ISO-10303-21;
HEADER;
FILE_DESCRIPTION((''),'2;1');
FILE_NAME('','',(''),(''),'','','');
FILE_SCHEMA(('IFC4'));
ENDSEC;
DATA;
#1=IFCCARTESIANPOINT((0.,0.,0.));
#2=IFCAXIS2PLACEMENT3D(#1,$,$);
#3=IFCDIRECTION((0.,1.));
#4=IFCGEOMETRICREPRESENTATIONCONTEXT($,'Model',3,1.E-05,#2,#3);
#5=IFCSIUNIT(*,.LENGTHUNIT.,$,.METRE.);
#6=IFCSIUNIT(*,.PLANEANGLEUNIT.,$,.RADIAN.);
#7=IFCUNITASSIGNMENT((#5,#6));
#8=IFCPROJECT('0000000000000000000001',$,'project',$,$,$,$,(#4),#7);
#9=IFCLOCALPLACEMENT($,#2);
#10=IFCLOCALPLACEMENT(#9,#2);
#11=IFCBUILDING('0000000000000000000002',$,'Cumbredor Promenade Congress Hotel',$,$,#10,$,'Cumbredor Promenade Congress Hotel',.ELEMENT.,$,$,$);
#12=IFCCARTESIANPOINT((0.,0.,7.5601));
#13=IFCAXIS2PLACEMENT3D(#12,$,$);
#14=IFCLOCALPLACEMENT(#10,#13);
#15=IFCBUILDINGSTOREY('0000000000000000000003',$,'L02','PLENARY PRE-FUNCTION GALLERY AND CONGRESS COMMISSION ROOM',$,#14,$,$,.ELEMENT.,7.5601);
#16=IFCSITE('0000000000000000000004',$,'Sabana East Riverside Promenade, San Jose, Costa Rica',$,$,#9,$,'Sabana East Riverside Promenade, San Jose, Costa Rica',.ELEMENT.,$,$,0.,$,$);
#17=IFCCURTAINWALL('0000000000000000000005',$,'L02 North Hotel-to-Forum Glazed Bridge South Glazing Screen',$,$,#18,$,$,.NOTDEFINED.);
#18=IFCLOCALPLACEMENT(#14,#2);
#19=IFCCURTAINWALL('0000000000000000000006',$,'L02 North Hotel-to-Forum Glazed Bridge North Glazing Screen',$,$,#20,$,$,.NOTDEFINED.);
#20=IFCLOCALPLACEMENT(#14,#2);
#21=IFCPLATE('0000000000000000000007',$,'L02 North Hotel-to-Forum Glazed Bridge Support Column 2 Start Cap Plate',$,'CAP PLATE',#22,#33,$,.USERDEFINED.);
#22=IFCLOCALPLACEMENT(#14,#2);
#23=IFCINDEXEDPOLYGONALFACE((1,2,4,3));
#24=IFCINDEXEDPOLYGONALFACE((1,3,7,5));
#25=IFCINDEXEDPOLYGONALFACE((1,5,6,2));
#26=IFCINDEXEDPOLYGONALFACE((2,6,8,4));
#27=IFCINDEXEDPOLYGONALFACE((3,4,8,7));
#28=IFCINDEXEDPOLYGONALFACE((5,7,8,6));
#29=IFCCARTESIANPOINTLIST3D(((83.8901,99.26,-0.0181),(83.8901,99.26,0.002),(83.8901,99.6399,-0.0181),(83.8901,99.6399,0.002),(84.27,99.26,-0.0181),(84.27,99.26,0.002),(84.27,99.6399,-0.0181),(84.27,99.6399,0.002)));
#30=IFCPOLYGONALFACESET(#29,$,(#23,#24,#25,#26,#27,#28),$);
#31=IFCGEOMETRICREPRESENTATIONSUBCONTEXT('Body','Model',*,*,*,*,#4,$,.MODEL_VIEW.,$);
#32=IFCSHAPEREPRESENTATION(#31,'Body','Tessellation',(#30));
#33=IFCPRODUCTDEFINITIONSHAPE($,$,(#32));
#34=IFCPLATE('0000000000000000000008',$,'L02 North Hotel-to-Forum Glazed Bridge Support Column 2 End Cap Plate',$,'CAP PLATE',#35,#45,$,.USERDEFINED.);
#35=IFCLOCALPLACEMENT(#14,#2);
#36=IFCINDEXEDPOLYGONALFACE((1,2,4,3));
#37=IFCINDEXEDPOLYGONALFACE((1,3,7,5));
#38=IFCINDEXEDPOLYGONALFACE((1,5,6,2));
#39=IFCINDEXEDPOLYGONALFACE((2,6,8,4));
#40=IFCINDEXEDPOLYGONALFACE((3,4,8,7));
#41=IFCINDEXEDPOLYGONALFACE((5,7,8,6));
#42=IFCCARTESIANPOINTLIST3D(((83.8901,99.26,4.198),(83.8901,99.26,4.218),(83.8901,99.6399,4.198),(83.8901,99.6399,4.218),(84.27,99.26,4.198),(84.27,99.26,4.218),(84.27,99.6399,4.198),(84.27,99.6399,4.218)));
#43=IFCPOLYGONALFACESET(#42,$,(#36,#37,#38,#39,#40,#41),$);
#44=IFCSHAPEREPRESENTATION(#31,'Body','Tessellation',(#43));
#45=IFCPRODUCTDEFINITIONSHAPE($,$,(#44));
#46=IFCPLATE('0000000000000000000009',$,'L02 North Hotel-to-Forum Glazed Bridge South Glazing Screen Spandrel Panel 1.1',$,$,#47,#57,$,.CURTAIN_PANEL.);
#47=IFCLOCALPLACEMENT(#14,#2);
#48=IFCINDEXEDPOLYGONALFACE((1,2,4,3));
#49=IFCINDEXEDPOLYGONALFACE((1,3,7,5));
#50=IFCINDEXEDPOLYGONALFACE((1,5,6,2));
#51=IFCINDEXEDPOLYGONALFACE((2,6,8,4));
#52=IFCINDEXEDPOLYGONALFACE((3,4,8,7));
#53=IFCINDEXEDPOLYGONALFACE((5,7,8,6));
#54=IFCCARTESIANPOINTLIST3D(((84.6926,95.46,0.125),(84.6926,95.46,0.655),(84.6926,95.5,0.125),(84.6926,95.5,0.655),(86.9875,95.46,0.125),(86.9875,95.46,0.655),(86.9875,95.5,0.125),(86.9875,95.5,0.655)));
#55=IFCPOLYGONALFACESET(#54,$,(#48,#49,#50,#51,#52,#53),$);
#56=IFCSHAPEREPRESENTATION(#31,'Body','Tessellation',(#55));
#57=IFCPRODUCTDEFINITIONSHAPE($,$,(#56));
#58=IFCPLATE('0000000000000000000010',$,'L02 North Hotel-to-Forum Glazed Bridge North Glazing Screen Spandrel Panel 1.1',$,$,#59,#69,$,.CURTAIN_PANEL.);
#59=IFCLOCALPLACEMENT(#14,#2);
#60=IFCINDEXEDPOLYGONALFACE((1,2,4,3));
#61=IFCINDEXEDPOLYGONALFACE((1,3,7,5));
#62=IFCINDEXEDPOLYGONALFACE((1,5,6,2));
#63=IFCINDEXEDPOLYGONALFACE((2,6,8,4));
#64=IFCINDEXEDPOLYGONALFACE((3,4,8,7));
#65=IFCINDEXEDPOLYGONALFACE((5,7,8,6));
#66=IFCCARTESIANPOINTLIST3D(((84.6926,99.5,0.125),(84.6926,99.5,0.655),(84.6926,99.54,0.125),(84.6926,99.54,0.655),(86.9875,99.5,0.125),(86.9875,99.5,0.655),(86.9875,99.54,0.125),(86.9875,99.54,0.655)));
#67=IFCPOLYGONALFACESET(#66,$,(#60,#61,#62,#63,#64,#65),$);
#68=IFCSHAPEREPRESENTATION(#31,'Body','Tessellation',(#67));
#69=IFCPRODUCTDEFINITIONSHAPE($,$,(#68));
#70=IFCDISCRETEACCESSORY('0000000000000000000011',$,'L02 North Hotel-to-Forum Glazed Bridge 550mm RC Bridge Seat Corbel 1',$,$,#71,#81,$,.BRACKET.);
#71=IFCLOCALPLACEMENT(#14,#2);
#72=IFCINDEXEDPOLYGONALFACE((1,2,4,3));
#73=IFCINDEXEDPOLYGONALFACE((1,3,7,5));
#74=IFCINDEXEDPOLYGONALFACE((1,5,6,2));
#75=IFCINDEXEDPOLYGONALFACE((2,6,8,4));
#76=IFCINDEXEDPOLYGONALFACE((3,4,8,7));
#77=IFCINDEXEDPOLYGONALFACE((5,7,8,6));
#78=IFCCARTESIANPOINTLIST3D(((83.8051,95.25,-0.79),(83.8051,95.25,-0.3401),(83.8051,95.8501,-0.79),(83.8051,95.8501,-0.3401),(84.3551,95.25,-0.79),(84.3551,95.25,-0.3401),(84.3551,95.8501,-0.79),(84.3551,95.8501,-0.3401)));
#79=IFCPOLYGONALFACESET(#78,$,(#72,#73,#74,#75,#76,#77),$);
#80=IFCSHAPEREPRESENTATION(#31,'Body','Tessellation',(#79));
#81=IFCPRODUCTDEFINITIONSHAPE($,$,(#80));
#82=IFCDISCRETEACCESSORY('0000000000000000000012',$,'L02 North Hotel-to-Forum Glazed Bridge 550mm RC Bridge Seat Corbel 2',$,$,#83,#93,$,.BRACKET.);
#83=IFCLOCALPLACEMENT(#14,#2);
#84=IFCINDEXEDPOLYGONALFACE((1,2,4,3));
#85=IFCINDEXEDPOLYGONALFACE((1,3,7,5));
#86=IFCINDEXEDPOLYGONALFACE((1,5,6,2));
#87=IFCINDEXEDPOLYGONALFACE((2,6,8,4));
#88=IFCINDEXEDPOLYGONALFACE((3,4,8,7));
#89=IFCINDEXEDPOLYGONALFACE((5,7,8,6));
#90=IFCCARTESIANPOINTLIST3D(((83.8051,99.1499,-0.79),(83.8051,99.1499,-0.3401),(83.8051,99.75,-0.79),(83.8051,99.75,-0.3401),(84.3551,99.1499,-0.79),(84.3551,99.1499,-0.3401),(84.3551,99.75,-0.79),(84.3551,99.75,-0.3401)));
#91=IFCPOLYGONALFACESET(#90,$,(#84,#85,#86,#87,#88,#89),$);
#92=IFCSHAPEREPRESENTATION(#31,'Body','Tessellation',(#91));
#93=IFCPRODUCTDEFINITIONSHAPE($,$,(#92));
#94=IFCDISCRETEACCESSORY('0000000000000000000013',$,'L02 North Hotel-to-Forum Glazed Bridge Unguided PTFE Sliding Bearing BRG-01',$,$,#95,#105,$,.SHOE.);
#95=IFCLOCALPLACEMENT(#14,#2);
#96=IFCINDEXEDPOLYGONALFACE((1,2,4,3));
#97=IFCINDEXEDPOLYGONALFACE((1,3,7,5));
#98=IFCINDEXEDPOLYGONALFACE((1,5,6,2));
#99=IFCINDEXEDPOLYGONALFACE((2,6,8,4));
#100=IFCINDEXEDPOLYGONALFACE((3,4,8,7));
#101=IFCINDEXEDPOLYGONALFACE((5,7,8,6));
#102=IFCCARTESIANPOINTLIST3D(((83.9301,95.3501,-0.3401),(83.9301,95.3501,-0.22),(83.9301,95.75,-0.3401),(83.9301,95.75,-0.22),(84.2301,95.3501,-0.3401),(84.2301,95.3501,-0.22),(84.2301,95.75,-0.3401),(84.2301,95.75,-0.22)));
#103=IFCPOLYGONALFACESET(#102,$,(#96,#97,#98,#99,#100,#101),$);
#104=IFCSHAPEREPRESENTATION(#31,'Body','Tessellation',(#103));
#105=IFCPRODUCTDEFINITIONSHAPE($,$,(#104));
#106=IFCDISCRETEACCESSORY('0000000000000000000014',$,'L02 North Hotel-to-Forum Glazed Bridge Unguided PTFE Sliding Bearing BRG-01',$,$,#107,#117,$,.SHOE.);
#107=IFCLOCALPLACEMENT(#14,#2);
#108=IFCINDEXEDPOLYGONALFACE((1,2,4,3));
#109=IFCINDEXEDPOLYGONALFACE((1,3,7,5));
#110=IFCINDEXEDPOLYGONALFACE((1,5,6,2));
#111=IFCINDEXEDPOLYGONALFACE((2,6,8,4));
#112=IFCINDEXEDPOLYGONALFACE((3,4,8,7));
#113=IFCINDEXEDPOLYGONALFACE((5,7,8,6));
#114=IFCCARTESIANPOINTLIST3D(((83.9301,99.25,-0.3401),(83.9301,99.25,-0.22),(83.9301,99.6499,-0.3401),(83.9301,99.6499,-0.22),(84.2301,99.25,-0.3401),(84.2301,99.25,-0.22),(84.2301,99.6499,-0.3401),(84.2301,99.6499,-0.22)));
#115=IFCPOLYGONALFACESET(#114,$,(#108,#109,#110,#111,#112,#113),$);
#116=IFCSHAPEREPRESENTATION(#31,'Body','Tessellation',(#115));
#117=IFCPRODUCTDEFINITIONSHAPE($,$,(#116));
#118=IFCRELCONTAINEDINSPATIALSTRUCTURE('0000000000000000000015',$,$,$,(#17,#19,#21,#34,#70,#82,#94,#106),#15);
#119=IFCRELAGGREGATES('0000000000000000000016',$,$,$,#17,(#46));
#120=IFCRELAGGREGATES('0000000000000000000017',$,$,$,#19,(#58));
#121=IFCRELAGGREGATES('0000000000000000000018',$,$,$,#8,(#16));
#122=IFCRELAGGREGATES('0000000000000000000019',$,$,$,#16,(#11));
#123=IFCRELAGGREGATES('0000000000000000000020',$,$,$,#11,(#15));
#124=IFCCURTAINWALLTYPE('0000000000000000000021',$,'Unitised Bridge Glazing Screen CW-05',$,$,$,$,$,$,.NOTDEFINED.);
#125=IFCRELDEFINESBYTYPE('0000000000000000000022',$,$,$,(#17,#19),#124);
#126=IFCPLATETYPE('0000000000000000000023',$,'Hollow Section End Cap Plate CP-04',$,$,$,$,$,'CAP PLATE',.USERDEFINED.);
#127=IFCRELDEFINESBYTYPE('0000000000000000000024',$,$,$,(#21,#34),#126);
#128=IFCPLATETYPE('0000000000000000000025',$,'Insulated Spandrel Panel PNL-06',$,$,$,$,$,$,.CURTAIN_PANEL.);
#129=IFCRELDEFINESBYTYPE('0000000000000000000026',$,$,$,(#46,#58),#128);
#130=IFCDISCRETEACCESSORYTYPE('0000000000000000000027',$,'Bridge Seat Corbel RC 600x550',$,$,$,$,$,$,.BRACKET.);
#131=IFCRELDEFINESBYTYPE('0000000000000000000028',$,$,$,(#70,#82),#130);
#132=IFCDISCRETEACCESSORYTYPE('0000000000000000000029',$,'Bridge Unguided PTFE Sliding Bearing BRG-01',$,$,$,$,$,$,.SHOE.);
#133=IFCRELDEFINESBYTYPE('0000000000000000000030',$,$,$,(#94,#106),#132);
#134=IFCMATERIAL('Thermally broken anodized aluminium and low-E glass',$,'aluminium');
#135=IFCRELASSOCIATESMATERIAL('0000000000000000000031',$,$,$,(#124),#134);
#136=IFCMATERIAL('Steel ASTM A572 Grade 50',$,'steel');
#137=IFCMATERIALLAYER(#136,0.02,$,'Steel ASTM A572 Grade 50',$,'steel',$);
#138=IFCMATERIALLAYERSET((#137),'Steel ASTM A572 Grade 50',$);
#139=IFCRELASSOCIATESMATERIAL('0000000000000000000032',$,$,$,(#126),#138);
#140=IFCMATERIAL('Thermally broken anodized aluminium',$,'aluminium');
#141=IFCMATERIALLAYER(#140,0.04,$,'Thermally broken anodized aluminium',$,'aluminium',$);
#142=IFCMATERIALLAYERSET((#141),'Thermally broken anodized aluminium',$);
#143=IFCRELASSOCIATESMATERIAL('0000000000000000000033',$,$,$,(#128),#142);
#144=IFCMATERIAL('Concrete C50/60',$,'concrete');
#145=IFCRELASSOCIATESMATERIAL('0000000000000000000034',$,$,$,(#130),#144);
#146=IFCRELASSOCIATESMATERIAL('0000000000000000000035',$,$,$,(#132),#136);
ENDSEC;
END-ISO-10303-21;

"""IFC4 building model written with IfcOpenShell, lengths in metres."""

from ifc_helpers import new_model, si_unit, direction, frame, origin, origin_2d, place, context, subcontext, project, spatial, rectangle, extrude, material, layer, layer_set, type_object, element, aggregate, save


model = new_model("IFC4")

# Units and contexts
model_context = context("Model", 3, precision=1e-05, world=origin(), true_north=direction((0.0, 1.0)))
body_context = subcontext(model_context, "Body", "Model", "MODEL_VIEW")
ifc_project = project(units=[si_unit("LENGTHUNIT", "METRE"), si_unit("PLANEANGLEUNIT", "RADIAN")], contexts=[model_context])

# Site, building, storey
site_placement = place(None, origin())
site = spatial("IfcSite", under=ifc_project, at=site_placement, Name="Sabana East Riverside Promenade, San Jose, Costa Rica", LongName="Sabana East Riverside Promenade, San Jose, Costa Rica", CompositionType="ELEMENT", RefElevation=0.0)
building_placement = place(site_placement, origin())
building = spatial("IfcBuilding", under=site, at=building_placement, Name="Cumbredor Promenade Congress Hotel", LongName="Cumbredor Promenade Congress Hotel", CompositionType="ELEMENT")
storey_placement = place(building_placement, frame((0.0, 0.0, 7.5601)))
storey = spatial("IfcBuildingStorey", under=building, at=storey_placement, Name="L02", Description="PLENARY PRE-FUNCTION GALLERY AND CONGRESS COMMISSION ROOM", CompositionType="ELEMENT", Elevation=7.5601)

# Curtain walls
ifc_material_1 = material(Name="Thermally broken anodized aluminium and low-E glass", Category="aluminium")
curtain_wall_type_1 = type_object("IfcCurtainWallType", Name="Unitised Bridge Glazing Screen CW-05", PredefinedType="NOTDEFINED", material=ifc_material_1)
curtain_wall_1_placement = place(storey_placement, origin())
curtain_wall_1 = element("IfcCurtainWall", 1, at=curtain_wall_1_placement, inside=storey, type_object=curtain_wall_type_1, Name="L02 North Hotel-to-Forum Glazed Bridge South Glazing Screen", PredefinedType="NOTDEFINED")
ifc_material_2 = material(Name="Thermally broken anodized aluminium", Category="aluminium")
curtain_wall_2_placement = place(storey_placement, origin())
curtain_wall_2 = element("IfcCurtainWall", 2, at=curtain_wall_2_placement, inside=storey, type_object=curtain_wall_type_1, Name="L02 North Hotel-to-Forum Glazed Bridge North Glazing Screen", PredefinedType="NOTDEFINED")

# Plates
ifc_material_3 = material(Name="Steel ASTM A572 Grade 50", Category="steel")
ifc_layer_1 = layer(ifc_material_3, 0.02, Name="Steel ASTM A572 Grade 50", Category="steel")
ifc_layer_set_1 = layer_set([ifc_layer_1], Name="Steel ASTM A572 Grade 50")
plate_type_1 = type_object("IfcPlateType", Name="Hollow Section End Cap Plate CP-04", ElementType="CAP PLATE", PredefinedType="USERDEFINED", material=ifc_layer_set_1)
for number, where, z_axis, x_axis, name in (
    (3, (84.0801, 99.45, -0.0181), (0.0, 0.0, 1.0), (1.0, 0.0, 0.0), "L02 North Hotel-to-Forum Glazed Bridge Support Column 2 Start Cap Plate"),
    (4, (84.0801, 99.45, 4.198), (0.0, 0.0, 1.0), (1.0, 0.0, 0.0), "L02 North Hotel-to-Forum Glazed Bridge Support Column 2 End Cap Plate"),
):
    element("IfcPlate", number, at=place(storey_placement, frame(where, z_axis=z_axis, x_axis=x_axis)), inside=storey, type_object=plate_type_1, Name=name, ObjectType="CAP PLATE", PredefinedType="USERDEFINED", context=body_context, shape_type="SweptSolid", body=[
        extrude(rectangle(XDim=0.3799, YDim=0.3799, at=origin_2d()), origin(), (0.0, 0.0, 1.0), 0.02),
    ])

# Plates
ifc_layer_2 = layer(ifc_material_2, 0.04, Name="Thermally broken anodized aluminium", Category="aluminium")
ifc_layer_set_2 = layer_set([ifc_layer_2], Name="Thermally broken anodized aluminium")
plate_type_2 = type_object("IfcPlateType", Name="Insulated Spandrel Panel PNL-06", PredefinedType="CURTAIN_PANEL", material=ifc_layer_set_2)
plate_1_placement = place(storey_placement, frame((85.8401, 95.48, 0.125), z_axis=(0.0, 0.0, 1.0), x_axis=(1.0, 0.0, 0.0)))
plate_1 = element("IfcPlate", 5, at=plate_1_placement, type_object=plate_type_2, Name="L02 North Hotel-to-Forum Glazed Bridge South Glazing Screen Spandrel Panel 1.1", PredefinedType="CURTAIN_PANEL", context=body_context, shape_type="SweptSolid", body=[
    extrude(rectangle(XDim=2.2949, YDim=0.04, at=origin_2d()), origin(), (0.0, 0.0, 1.0), 0.53),
])
aggregate(curtain_wall_1, [plate_1])
plate_2_placement = place(storey_placement, frame((85.8401, 99.52, 0.125), z_axis=(0.0, 0.0, 1.0), x_axis=(1.0, 0.0, 0.0)))
plate_2 = element("IfcPlate", 6, at=plate_2_placement, type_object=plate_type_2, Name="L02 North Hotel-to-Forum Glazed Bridge North Glazing Screen Spandrel Panel 1.1", PredefinedType="CURTAIN_PANEL", context=body_context, shape_type="SweptSolid", body=[
    extrude(rectangle(XDim=2.2949, YDim=0.04, at=origin_2d()), origin(), (0.0, 0.0, 1.0), 0.53),
])
aggregate(curtain_wall_2, [plate_2])

# Discrete accessories
ifc_material_4 = material(Name="Concrete C50/60", Category="concrete")
discrete_accessory_type_1 = type_object("IfcDiscreteAccessoryType", Name="Bridge Seat Corbel RC 600x550", PredefinedType="BRACKET", material=ifc_material_4)
for number, where, z_axis, x_axis, name in (
    (7, (84.0801, 95.55, -0.79), (0.0, 0.0, 1.0), (1.0, 0.0, 0.0), "L02 North Hotel-to-Forum Glazed Bridge 550mm RC Bridge Seat Corbel 1"),
    (8, (84.0801, 99.45, -0.79), (0.0, 0.0, 1.0), (1.0, 0.0, 0.0), "L02 North Hotel-to-Forum Glazed Bridge 550mm RC Bridge Seat Corbel 2"),
):
    element("IfcDiscreteAccessory", number, at=place(storey_placement, frame(where, z_axis=z_axis, x_axis=x_axis)), inside=storey, type_object=discrete_accessory_type_1, Name=name, PredefinedType="BRACKET", context=body_context, shape_type="SweptSolid", body=[
        extrude(rectangle(XDim=0.55, YDim=0.6001, at=origin_2d()), origin(), (0.0, 0.0, 1.0), 0.45),
    ])
discrete_accessory_type_2 = type_object("IfcDiscreteAccessoryType", Name="Bridge Unguided PTFE Sliding Bearing BRG-01", PredefinedType="SHOE", material=ifc_material_3)
for number, where, z_axis, x_axis, name in (
    (9, (84.0801, 95.55, -0.3401), (0.0, 0.0, 1.0), (1.0, 0.0, 0.0), "L02 North Hotel-to-Forum Glazed Bridge Unguided PTFE Sliding Bearing BRG-01"),
    (10, (84.0801, 99.45, -0.3401), (0.0, 0.0, 1.0), (1.0, 0.0, 0.0), "L02 North Hotel-to-Forum Glazed Bridge Unguided PTFE Sliding Bearing BRG-01"),
):
    element("IfcDiscreteAccessory", number, at=place(storey_placement, frame(where, z_axis=z_axis, x_axis=x_axis)), inside=storey, type_object=discrete_accessory_type_2, Name=name, PredefinedType="SHOE", context=body_context, shape_type="SweptSolid", body=[
        extrude(rectangle(XDim=0.3, YDim=0.3999, at=origin_2d()), origin(), (0.0, 0.0, 1.0), 0.1201),
    ])

save(model, "model.ifc")
